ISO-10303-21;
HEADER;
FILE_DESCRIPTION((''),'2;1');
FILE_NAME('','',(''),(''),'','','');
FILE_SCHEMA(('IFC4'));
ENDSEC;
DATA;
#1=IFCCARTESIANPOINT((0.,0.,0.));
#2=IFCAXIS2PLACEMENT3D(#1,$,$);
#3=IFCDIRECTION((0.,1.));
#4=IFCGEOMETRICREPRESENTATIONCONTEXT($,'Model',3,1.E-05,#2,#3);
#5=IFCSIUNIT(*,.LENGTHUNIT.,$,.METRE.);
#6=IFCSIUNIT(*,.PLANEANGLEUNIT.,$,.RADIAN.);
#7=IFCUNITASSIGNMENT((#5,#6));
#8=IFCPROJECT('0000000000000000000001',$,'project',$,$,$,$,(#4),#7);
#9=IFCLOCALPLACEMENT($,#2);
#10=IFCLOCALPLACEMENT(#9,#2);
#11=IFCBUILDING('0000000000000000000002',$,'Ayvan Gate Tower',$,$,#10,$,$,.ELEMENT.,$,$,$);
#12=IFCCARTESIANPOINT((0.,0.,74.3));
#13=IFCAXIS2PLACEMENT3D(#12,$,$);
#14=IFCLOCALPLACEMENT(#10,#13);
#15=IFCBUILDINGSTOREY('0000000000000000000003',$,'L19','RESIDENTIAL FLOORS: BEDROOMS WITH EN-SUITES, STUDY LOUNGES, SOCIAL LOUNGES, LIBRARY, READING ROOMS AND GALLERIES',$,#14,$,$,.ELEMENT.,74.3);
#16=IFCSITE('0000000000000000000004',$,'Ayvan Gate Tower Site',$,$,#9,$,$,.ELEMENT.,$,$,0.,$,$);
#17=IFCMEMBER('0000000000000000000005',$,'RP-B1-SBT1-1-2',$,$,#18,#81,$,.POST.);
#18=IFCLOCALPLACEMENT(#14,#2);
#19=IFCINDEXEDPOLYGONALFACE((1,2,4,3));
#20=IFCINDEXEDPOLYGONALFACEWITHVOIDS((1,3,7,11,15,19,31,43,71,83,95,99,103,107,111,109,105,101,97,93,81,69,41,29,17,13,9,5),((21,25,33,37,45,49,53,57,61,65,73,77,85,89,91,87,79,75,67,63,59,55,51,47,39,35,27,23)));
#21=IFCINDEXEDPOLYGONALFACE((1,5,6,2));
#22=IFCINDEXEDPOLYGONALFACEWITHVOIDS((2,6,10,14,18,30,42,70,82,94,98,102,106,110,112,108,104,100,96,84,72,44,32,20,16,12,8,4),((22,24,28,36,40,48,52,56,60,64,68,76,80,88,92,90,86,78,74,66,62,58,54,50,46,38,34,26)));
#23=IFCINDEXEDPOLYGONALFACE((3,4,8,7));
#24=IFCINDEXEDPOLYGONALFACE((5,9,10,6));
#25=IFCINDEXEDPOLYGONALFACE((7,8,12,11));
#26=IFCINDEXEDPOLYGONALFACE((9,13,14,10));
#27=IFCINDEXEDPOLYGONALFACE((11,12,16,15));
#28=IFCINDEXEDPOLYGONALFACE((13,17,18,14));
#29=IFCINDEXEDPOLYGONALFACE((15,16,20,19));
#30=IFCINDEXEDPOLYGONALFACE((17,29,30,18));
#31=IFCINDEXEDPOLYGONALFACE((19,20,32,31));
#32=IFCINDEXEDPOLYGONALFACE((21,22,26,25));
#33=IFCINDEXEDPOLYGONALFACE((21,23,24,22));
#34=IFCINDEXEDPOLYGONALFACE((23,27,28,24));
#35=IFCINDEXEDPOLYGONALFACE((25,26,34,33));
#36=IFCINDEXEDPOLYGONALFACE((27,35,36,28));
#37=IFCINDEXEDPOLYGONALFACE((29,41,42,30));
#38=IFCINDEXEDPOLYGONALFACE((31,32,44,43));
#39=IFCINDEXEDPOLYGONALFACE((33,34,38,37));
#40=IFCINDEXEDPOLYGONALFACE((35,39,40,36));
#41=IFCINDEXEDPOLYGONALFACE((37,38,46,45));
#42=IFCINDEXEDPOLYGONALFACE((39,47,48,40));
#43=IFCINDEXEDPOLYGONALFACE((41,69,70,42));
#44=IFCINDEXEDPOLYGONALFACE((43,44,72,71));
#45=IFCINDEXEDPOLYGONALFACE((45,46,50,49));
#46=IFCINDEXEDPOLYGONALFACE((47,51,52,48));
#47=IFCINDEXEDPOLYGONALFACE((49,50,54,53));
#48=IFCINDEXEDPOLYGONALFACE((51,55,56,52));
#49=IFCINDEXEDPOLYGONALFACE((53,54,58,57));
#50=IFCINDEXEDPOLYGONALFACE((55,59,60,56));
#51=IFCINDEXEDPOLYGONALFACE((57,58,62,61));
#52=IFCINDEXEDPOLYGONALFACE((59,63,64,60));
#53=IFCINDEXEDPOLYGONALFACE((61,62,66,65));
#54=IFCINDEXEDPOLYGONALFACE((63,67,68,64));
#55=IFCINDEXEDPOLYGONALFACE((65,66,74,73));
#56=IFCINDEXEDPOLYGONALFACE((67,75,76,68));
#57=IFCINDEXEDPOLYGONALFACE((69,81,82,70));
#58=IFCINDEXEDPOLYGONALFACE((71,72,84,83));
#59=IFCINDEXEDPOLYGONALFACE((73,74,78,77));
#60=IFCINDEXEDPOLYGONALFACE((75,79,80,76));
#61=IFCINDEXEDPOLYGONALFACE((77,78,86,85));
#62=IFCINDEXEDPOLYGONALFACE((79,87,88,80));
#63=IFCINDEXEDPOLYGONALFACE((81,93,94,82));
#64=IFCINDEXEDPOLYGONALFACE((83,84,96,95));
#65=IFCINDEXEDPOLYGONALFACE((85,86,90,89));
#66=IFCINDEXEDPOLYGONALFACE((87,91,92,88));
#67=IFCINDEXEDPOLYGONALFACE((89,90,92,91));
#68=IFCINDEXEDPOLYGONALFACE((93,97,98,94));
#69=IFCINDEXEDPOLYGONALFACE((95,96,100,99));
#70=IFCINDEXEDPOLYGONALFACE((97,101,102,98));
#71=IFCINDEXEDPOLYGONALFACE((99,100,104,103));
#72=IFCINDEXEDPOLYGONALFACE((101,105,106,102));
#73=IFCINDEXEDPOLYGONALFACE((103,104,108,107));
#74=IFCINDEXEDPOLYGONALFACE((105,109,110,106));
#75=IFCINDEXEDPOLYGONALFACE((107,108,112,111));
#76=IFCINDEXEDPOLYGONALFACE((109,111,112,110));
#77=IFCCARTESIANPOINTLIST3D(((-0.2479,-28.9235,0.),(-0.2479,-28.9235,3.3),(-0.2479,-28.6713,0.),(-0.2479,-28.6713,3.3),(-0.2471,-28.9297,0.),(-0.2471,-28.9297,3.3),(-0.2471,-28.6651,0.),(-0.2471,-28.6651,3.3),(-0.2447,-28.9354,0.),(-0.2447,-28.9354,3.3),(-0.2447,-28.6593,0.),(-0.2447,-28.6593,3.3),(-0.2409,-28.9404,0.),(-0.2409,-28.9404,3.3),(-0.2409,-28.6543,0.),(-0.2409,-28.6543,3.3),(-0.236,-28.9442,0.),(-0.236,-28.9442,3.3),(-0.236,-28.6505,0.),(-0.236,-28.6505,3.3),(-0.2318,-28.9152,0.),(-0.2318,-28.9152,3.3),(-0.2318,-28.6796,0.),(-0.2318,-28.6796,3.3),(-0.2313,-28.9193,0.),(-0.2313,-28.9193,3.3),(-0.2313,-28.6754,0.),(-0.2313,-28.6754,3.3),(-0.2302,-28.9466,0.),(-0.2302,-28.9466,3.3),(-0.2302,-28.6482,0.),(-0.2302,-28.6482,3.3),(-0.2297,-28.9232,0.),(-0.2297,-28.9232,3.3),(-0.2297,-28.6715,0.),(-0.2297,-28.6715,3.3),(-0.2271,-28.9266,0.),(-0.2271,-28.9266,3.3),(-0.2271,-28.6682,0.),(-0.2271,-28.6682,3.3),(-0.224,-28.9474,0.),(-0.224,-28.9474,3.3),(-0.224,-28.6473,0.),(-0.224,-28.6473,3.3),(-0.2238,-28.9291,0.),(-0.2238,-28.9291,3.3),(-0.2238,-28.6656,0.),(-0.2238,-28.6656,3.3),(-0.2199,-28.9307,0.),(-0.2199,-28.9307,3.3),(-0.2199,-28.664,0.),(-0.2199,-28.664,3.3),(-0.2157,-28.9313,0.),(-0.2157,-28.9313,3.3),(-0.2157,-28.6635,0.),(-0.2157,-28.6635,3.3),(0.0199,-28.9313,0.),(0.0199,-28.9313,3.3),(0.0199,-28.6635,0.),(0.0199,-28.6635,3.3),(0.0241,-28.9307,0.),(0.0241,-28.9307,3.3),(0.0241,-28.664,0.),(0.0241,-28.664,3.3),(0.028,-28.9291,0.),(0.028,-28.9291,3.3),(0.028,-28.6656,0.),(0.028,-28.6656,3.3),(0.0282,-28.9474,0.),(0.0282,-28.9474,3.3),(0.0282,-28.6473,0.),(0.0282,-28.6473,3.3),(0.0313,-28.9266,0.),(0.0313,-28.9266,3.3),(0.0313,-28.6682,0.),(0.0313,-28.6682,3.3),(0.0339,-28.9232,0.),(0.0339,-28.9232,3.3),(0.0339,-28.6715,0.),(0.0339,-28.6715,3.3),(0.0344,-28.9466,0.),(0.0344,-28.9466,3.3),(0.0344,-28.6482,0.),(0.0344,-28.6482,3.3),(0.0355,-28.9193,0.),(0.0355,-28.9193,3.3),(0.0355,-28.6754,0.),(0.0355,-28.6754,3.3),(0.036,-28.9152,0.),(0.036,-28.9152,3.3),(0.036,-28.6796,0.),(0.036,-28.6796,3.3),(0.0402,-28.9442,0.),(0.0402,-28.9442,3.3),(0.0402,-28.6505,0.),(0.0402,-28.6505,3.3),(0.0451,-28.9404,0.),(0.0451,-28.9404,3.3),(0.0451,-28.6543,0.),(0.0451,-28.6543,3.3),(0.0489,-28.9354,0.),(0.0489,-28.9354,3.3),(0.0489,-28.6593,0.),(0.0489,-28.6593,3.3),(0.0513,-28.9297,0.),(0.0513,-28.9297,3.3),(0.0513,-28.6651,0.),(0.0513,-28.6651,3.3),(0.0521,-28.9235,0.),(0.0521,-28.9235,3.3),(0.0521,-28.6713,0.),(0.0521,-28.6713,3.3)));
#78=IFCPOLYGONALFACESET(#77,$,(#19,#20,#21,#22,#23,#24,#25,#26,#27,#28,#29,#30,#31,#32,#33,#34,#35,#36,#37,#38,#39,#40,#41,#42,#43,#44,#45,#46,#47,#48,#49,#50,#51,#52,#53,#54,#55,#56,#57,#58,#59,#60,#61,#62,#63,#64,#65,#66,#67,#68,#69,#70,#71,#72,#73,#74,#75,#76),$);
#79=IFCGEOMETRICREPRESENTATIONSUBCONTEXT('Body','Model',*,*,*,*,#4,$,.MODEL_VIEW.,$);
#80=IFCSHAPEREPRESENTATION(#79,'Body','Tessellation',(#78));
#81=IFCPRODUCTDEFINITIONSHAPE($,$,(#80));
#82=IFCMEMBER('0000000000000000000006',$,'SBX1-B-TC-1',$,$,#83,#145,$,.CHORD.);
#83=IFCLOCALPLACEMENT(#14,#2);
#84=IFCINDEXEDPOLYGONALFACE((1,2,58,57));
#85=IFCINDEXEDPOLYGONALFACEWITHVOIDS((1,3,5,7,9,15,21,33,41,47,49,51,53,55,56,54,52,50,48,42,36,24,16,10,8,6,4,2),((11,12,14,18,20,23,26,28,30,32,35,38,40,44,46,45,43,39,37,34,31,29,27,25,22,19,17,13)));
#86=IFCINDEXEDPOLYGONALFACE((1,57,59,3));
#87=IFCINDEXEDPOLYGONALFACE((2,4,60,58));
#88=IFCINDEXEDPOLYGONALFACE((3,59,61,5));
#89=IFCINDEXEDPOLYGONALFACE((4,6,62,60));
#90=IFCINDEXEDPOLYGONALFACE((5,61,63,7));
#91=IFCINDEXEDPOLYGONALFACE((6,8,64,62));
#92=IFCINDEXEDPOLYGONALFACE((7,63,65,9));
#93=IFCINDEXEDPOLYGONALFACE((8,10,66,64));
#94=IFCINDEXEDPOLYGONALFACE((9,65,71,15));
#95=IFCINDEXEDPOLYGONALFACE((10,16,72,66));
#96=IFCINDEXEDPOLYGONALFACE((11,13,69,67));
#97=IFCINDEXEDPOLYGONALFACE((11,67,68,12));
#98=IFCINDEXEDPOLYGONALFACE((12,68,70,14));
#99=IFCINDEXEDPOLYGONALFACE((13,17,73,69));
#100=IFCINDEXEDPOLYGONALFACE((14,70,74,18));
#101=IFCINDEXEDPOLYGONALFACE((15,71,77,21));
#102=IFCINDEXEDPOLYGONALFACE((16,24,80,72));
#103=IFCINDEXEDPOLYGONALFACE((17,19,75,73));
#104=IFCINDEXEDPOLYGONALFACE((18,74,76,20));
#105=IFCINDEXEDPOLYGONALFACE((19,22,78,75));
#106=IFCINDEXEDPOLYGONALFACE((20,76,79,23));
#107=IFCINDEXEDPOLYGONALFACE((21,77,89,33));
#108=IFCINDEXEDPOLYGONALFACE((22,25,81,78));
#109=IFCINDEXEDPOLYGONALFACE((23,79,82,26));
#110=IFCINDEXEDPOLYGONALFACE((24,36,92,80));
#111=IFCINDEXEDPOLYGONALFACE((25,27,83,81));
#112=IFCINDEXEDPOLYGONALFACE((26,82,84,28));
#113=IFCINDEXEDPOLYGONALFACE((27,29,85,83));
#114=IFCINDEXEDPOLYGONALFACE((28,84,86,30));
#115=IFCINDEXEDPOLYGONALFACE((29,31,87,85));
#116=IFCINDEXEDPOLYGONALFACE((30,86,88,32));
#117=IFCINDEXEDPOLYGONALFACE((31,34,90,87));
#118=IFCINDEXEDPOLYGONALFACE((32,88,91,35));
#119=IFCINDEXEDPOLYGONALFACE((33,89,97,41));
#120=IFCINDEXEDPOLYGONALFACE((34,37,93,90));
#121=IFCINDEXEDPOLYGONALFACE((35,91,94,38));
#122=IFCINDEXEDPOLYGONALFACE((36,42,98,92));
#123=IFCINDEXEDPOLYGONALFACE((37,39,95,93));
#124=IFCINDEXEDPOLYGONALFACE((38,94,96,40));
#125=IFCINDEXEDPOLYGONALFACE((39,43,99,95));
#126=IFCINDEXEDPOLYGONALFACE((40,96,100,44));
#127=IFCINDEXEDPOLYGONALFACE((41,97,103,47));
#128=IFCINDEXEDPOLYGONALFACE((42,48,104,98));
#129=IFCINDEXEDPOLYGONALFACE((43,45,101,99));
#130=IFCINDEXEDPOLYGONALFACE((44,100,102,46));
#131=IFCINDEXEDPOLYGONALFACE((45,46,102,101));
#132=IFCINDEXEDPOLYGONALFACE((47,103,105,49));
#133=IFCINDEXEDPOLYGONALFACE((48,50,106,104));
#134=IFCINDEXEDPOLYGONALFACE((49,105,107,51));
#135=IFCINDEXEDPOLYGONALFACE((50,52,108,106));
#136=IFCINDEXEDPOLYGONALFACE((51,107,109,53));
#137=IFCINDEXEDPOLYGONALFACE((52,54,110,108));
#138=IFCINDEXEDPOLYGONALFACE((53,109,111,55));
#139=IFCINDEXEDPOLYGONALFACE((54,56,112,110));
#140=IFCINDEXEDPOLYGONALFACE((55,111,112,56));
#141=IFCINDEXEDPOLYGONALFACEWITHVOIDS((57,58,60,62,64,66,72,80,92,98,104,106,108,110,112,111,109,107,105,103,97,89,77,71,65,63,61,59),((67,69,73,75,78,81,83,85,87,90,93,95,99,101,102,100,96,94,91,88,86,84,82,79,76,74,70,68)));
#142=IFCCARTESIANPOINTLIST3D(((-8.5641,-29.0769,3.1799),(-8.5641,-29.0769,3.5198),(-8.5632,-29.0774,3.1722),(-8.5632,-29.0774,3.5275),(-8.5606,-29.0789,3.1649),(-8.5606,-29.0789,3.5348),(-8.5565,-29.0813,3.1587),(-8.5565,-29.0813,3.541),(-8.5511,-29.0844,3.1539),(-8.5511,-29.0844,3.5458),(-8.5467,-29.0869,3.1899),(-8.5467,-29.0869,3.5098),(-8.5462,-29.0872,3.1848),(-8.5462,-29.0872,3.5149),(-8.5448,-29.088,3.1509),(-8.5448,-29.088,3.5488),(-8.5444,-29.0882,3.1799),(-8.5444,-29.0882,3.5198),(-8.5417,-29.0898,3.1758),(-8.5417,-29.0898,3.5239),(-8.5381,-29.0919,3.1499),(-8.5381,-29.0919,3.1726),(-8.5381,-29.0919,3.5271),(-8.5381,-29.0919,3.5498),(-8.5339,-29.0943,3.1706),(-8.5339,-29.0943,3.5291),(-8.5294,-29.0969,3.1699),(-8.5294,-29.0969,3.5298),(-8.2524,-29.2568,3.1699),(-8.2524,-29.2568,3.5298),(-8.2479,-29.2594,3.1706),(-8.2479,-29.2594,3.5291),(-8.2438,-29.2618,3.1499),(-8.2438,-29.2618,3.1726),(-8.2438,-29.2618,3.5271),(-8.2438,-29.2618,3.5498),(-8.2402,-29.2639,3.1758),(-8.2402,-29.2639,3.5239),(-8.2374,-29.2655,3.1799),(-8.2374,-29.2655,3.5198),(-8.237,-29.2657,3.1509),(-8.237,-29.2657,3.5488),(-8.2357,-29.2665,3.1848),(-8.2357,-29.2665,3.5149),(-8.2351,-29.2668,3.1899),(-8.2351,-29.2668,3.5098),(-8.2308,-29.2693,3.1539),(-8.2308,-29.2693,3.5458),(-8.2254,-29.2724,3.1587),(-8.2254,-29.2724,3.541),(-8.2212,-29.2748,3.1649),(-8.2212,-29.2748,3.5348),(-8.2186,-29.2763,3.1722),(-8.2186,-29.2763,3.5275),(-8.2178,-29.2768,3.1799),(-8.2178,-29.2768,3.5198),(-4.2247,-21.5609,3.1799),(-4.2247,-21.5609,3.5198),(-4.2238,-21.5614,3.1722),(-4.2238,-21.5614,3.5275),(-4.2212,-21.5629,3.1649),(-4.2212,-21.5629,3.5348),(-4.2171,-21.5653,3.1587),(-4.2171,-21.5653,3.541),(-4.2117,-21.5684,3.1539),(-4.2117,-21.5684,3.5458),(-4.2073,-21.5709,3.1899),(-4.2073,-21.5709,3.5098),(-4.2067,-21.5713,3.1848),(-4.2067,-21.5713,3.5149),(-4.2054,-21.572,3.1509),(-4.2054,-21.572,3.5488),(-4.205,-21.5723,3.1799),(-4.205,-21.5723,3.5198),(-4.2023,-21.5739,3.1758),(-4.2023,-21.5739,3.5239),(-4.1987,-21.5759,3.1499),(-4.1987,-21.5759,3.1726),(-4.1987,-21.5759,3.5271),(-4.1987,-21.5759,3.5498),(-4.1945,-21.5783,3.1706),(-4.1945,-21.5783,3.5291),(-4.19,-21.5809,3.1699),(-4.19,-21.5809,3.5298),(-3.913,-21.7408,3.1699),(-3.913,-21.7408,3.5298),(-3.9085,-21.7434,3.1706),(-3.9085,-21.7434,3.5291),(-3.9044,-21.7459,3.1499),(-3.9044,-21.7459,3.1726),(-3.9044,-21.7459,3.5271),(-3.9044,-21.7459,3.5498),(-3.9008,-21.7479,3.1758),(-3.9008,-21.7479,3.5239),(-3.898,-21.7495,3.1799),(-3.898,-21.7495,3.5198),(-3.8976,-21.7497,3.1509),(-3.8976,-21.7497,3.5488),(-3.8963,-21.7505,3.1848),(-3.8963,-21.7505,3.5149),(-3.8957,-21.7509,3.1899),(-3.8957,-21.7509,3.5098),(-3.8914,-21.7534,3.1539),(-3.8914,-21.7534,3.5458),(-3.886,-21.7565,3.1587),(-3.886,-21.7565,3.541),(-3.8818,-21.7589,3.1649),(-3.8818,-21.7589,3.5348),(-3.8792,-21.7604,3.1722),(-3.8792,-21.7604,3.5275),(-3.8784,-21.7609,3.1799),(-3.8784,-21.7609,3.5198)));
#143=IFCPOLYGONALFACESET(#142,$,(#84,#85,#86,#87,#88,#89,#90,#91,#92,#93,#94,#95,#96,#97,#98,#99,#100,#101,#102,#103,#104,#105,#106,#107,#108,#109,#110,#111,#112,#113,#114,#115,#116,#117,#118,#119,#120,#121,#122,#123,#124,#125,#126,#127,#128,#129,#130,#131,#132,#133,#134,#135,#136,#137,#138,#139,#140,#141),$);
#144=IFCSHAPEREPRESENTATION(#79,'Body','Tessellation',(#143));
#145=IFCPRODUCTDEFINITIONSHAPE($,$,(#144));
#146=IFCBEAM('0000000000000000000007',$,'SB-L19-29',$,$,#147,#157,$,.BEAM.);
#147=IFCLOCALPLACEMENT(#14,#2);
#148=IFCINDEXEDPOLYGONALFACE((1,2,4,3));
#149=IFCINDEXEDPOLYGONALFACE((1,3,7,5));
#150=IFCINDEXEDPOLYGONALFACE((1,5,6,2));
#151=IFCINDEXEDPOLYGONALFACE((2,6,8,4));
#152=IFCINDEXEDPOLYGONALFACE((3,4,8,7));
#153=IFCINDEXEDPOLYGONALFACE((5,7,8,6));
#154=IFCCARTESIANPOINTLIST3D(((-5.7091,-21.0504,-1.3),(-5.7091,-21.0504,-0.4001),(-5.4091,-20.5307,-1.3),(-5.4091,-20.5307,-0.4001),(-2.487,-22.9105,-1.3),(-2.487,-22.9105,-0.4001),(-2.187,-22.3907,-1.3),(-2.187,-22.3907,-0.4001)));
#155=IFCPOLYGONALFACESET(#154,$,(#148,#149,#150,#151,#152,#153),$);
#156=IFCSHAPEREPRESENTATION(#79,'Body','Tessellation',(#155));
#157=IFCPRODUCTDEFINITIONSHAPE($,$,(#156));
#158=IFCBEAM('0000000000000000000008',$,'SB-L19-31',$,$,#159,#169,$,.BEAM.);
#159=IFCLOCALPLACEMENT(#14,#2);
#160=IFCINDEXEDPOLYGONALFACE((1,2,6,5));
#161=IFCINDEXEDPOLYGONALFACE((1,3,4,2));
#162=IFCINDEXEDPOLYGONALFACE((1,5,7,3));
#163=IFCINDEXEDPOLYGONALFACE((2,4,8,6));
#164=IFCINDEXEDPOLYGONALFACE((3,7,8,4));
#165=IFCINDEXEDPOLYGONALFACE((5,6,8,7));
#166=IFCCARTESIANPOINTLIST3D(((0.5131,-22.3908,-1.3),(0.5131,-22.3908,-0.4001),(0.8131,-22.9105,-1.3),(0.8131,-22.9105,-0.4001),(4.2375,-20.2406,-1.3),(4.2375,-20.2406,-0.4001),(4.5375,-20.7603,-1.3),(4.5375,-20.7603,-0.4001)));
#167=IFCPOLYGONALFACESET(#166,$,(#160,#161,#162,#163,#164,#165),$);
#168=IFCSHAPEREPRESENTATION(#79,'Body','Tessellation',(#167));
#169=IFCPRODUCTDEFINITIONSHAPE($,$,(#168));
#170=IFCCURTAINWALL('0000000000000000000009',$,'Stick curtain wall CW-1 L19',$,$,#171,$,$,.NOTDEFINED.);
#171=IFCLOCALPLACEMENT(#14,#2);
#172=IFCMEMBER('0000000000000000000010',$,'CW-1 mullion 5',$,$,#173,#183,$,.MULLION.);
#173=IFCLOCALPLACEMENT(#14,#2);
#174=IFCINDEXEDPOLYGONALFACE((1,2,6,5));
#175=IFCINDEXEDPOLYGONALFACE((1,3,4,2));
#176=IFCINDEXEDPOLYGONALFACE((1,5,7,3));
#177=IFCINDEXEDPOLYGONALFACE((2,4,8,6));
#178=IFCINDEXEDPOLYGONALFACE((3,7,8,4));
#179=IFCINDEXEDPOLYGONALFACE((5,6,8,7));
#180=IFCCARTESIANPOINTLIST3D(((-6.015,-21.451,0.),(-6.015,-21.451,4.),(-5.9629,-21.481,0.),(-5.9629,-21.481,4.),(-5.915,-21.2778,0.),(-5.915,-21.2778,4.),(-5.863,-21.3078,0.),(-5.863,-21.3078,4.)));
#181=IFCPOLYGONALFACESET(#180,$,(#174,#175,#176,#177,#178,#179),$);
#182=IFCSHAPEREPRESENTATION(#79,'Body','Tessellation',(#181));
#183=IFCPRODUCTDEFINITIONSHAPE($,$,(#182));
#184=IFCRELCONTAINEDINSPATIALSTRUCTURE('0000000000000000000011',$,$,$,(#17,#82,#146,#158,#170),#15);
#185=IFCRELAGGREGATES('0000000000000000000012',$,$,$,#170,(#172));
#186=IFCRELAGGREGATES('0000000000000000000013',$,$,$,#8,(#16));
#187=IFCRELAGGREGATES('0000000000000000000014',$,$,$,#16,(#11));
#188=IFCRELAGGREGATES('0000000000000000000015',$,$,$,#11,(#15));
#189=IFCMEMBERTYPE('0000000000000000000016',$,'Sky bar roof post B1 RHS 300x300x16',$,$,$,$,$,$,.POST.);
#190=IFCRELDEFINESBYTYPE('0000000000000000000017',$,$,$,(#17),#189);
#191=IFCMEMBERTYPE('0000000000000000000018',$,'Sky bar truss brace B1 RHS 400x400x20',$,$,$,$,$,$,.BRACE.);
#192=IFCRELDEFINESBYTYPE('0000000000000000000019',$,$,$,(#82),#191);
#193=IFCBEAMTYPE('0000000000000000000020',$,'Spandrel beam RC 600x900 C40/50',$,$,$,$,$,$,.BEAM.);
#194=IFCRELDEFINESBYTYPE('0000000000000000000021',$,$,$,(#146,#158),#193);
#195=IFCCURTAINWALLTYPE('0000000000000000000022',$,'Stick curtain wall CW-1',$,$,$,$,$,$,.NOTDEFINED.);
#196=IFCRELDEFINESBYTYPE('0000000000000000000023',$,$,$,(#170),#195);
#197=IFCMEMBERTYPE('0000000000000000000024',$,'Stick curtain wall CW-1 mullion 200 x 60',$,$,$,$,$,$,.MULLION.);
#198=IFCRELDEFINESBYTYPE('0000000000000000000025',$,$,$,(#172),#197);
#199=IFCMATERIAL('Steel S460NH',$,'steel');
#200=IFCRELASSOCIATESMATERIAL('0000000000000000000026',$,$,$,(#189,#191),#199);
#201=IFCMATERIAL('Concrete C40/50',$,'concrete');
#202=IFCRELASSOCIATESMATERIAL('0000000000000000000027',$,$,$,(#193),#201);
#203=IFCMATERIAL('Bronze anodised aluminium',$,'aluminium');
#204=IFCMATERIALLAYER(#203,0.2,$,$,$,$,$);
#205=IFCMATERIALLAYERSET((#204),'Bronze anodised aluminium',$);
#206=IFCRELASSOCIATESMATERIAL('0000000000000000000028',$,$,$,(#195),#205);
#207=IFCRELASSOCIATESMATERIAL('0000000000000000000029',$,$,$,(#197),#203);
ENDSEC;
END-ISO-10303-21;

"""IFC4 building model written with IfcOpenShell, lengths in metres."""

from ifc_helpers import new_model, si_unit, direction, frame, origin, origin_2d, place, context, subcontext, project, spatial, rectangle, hollow_rectangle, extrude, material, layer, layer_set, material_profile, profile_set, type_object, element, aggregate, save


model = new_model("IFC4")

# Units and contexts
model_context = context("Model", 3, precision=1e-05, world=origin(), true_north=direction((0.0, 1.0)))
body_context = subcontext(model_context, "Body", "Model", "MODEL_VIEW")
ifc_project = project(units=[si_unit("LENGTHUNIT", "METRE"), si_unit("PLANEANGLEUNIT", "RADIAN")], contexts=[model_context])

# Site, building, storey
site_placement = place(None, origin())
site = spatial("IfcSite", under=ifc_project, at=site_placement, Name="Ayvan Gate Tower Site", CompositionType="ELEMENT", RefElevation=0.0)
building_placement = place(site_placement, origin())
building = spatial("IfcBuilding", under=site, at=building_placement, Name="Ayvan Gate Tower", CompositionType="ELEMENT")
storey_placement = place(building_placement, frame((0.0, 0.0, 74.3)))
storey = spatial("IfcBuildingStorey", under=building, at=storey_placement, Name="L19", Description="RESIDENTIAL FLOORS: BEDROOMS WITH EN-SUITES, STUDY LOUNGES, SOCIAL LOUNGES, LIBRARY, READING ROOMS AND GALLERIES", CompositionType="ELEMENT", Elevation=74.3)

# Shared definitions
ifc_material_1 = material(Name="Concrete C40/50", Category="concrete")

# Members
ifc_material_2 = material(Name="Steel S460NH", Category="steel")
ifc_material_profile_1 = material_profile(ifc_material_2, hollow_rectangle(XDim=0.3, YDim=0.3, WallThickness=0.0161, InnerFilletRadius=0.0161, OuterFilletRadius=0.0239, at=origin_2d()), Name="RHS 300x300x16")
ifc_profile_set_1 = profile_set([ifc_material_profile_1], Name="Steel S460NH")
member_type_1 = type_object("IfcMemberType", Name="Sky bar roof post B1 RHS 300x300x16", PredefinedType="POST", material=ifc_profile_set_1)
for number, where, z_axis, x_axis, name in (
    (1, (-0.0979, -28.7974, 0.0), (0.0, 0.0, 1.0), (1.0, 0.0, 0.0), "RP-B1-SBT1-1-2"),
):
    element("IfcMember", number, at=place(storey_placement, frame(where, z_axis=z_axis, x_axis=x_axis)), inside=storey, type_object=member_type_1, Name=name, PredefinedType="POST", context=body_context, shape_type="SweptSolid", body=[
        extrude(hollow_rectangle(XDim=0.3, YDim=0.3, WallThickness=0.0161, InnerFilletRadius=0.0161, OuterFilletRadius=0.0239, at=origin_2d()), origin(), (0.0, 0.0, 1.0), 3.3),
    ])
ifc_material_profile_2 = material_profile(ifc_material_2, hollow_rectangle(XDim=0.3999, YDim=0.3999, WallThickness=0.02, InnerFilletRadius=0.02, OuterFilletRadius=0.03, at=origin_2d()), Name="RHS 400x400x20")
ifc_profile_set_2 = profile_set([ifc_material_profile_2], Name="Steel S460NH")
member_type_2 = type_object("IfcMemberType", Name="Sky bar truss brace B1 RHS 400x400x20", PredefinedType="BRACE", material=ifc_profile_set_2)
member_1_placement = place(storey_placement, frame((-4.0515, -21.6609, 3.3499), z_axis=(-0.500006, -0.866022, 0.0), x_axis=(0.866022, -0.500006, 0.0)))
element("IfcMember", 2, at=member_1_placement, inside=storey, type_object=member_type_2, Name="SBX1-B-TC-1", PredefinedType="CHORD", context=body_context, shape_type="SweptSolid", body=[
    extrude(hollow_rectangle(XDim=0.3999, YDim=0.3999, WallThickness=0.02, InnerFilletRadius=0.02, OuterFilletRadius=0.03, at=origin_2d()), origin(), (0.0, 0.0, 1.0), 8.6787),
])

# Beams
ifc_material_profile_3 = material_profile(ifc_material_1, rectangle(XDim=0.6001, YDim=0.8999, at=origin_2d()), Name="RC 600x900")
ifc_profile_set_3 = profile_set([ifc_material_profile_3], Name="Concrete C40/50")
beam_type_1 = type_object("IfcBeamType", Name="Spandrel beam RC 600x900 C40/50", PredefinedType="BEAM", material=ifc_profile_set_3)
beam_1_placement = place(storey_placement, frame((-5.5591, -20.7905, -0.8501), z_axis=(0.86605, -0.499957, 0.0), x_axis=(0.499957, 0.86605, 0.0)))
element("IfcBeam", 3, at=beam_1_placement, inside=storey, type_object=beam_type_1, Name="SB-L19-29", PredefinedType="BEAM", context=body_context, shape_type="SweptSolid", body=[
    extrude(rectangle(XDim=0.6001, YDim=0.8999, at=origin_2d()), origin(), (0.0, 0.0, 1.0), 3.7205),
])
beam_2_placement = place(storey_placement, frame((0.6631, -22.6506, -0.8501), z_axis=(0.866037, 0.49998, 0.0), x_axis=(-0.49998, 0.866037, 0.0)))
element("IfcBeam", 4, at=beam_2_placement, inside=storey, type_object=beam_type_1, Name="SB-L19-31", PredefinedType="BEAM", context=body_context, shape_type="SweptSolid", body=[
    extrude(rectangle(XDim=0.6001, YDim=0.8999, at=origin_2d()), origin(), (0.0, 0.0, 1.0), 4.3005),
])

# Curtain wall, member
ifc_material_3 = material(Name="Bronze anodised aluminium", Category="aluminium")
ifc_layer_1 = layer(ifc_material_3, 0.2)
ifc_layer_set_1 = layer_set([ifc_layer_1], Name="Bronze anodised aluminium")
curtain_wall_type_1 = type_object("IfcCurtainWallType", Name="Stick curtain wall CW-1", PredefinedType="NOTDEFINED", material=ifc_layer_set_1)
curtain_wall_1_placement = place(storey_placement, origin())
curtain_wall_1 = element("IfcCurtainWall", 5, at=curtain_wall_1_placement, inside=storey, type_object=curtain_wall_type_1, Name="Stick curtain wall CW-1 L19", PredefinedType="NOTDEFINED")
ifc_material_profile_4 = material_profile(ifc_material_3, rectangle(XDim=0.2, YDim=0.0601, at=origin_2d()), Name="Stick curtain wall CW-1 mullion 200 x 60")
ifc_profile_set_4 = profile_set([ifc_material_profile_4], Name="Bronze anodised aluminium")
member_type_3 = type_object("IfcMemberType", Name="Stick curtain wall CW-1 mullion 200 x 60", PredefinedType="MULLION", material=ifc_profile_set_4)
member_2_placement = place(storey_placement, frame((-5.939, -21.3794, 0.0), z_axis=(0.0, 0.0, 1.0), x_axis=(-0.5, -0.866025, 0.0)))
member_2 = element("IfcMember", 6, at=member_2_placement, type_object=member_type_3, Name="CW-1 mullion 5", PredefinedType="MULLION", context=body_context, shape_type="SweptSolid", body=[
    extrude(rectangle(XDim=0.2, YDim=0.0601, at=origin_2d()), origin(), (0.0, 0.0, 1.0), 4.0),
])

aggregate(curtain_wall_1, [member_2])

save(model, "model.ifc")
